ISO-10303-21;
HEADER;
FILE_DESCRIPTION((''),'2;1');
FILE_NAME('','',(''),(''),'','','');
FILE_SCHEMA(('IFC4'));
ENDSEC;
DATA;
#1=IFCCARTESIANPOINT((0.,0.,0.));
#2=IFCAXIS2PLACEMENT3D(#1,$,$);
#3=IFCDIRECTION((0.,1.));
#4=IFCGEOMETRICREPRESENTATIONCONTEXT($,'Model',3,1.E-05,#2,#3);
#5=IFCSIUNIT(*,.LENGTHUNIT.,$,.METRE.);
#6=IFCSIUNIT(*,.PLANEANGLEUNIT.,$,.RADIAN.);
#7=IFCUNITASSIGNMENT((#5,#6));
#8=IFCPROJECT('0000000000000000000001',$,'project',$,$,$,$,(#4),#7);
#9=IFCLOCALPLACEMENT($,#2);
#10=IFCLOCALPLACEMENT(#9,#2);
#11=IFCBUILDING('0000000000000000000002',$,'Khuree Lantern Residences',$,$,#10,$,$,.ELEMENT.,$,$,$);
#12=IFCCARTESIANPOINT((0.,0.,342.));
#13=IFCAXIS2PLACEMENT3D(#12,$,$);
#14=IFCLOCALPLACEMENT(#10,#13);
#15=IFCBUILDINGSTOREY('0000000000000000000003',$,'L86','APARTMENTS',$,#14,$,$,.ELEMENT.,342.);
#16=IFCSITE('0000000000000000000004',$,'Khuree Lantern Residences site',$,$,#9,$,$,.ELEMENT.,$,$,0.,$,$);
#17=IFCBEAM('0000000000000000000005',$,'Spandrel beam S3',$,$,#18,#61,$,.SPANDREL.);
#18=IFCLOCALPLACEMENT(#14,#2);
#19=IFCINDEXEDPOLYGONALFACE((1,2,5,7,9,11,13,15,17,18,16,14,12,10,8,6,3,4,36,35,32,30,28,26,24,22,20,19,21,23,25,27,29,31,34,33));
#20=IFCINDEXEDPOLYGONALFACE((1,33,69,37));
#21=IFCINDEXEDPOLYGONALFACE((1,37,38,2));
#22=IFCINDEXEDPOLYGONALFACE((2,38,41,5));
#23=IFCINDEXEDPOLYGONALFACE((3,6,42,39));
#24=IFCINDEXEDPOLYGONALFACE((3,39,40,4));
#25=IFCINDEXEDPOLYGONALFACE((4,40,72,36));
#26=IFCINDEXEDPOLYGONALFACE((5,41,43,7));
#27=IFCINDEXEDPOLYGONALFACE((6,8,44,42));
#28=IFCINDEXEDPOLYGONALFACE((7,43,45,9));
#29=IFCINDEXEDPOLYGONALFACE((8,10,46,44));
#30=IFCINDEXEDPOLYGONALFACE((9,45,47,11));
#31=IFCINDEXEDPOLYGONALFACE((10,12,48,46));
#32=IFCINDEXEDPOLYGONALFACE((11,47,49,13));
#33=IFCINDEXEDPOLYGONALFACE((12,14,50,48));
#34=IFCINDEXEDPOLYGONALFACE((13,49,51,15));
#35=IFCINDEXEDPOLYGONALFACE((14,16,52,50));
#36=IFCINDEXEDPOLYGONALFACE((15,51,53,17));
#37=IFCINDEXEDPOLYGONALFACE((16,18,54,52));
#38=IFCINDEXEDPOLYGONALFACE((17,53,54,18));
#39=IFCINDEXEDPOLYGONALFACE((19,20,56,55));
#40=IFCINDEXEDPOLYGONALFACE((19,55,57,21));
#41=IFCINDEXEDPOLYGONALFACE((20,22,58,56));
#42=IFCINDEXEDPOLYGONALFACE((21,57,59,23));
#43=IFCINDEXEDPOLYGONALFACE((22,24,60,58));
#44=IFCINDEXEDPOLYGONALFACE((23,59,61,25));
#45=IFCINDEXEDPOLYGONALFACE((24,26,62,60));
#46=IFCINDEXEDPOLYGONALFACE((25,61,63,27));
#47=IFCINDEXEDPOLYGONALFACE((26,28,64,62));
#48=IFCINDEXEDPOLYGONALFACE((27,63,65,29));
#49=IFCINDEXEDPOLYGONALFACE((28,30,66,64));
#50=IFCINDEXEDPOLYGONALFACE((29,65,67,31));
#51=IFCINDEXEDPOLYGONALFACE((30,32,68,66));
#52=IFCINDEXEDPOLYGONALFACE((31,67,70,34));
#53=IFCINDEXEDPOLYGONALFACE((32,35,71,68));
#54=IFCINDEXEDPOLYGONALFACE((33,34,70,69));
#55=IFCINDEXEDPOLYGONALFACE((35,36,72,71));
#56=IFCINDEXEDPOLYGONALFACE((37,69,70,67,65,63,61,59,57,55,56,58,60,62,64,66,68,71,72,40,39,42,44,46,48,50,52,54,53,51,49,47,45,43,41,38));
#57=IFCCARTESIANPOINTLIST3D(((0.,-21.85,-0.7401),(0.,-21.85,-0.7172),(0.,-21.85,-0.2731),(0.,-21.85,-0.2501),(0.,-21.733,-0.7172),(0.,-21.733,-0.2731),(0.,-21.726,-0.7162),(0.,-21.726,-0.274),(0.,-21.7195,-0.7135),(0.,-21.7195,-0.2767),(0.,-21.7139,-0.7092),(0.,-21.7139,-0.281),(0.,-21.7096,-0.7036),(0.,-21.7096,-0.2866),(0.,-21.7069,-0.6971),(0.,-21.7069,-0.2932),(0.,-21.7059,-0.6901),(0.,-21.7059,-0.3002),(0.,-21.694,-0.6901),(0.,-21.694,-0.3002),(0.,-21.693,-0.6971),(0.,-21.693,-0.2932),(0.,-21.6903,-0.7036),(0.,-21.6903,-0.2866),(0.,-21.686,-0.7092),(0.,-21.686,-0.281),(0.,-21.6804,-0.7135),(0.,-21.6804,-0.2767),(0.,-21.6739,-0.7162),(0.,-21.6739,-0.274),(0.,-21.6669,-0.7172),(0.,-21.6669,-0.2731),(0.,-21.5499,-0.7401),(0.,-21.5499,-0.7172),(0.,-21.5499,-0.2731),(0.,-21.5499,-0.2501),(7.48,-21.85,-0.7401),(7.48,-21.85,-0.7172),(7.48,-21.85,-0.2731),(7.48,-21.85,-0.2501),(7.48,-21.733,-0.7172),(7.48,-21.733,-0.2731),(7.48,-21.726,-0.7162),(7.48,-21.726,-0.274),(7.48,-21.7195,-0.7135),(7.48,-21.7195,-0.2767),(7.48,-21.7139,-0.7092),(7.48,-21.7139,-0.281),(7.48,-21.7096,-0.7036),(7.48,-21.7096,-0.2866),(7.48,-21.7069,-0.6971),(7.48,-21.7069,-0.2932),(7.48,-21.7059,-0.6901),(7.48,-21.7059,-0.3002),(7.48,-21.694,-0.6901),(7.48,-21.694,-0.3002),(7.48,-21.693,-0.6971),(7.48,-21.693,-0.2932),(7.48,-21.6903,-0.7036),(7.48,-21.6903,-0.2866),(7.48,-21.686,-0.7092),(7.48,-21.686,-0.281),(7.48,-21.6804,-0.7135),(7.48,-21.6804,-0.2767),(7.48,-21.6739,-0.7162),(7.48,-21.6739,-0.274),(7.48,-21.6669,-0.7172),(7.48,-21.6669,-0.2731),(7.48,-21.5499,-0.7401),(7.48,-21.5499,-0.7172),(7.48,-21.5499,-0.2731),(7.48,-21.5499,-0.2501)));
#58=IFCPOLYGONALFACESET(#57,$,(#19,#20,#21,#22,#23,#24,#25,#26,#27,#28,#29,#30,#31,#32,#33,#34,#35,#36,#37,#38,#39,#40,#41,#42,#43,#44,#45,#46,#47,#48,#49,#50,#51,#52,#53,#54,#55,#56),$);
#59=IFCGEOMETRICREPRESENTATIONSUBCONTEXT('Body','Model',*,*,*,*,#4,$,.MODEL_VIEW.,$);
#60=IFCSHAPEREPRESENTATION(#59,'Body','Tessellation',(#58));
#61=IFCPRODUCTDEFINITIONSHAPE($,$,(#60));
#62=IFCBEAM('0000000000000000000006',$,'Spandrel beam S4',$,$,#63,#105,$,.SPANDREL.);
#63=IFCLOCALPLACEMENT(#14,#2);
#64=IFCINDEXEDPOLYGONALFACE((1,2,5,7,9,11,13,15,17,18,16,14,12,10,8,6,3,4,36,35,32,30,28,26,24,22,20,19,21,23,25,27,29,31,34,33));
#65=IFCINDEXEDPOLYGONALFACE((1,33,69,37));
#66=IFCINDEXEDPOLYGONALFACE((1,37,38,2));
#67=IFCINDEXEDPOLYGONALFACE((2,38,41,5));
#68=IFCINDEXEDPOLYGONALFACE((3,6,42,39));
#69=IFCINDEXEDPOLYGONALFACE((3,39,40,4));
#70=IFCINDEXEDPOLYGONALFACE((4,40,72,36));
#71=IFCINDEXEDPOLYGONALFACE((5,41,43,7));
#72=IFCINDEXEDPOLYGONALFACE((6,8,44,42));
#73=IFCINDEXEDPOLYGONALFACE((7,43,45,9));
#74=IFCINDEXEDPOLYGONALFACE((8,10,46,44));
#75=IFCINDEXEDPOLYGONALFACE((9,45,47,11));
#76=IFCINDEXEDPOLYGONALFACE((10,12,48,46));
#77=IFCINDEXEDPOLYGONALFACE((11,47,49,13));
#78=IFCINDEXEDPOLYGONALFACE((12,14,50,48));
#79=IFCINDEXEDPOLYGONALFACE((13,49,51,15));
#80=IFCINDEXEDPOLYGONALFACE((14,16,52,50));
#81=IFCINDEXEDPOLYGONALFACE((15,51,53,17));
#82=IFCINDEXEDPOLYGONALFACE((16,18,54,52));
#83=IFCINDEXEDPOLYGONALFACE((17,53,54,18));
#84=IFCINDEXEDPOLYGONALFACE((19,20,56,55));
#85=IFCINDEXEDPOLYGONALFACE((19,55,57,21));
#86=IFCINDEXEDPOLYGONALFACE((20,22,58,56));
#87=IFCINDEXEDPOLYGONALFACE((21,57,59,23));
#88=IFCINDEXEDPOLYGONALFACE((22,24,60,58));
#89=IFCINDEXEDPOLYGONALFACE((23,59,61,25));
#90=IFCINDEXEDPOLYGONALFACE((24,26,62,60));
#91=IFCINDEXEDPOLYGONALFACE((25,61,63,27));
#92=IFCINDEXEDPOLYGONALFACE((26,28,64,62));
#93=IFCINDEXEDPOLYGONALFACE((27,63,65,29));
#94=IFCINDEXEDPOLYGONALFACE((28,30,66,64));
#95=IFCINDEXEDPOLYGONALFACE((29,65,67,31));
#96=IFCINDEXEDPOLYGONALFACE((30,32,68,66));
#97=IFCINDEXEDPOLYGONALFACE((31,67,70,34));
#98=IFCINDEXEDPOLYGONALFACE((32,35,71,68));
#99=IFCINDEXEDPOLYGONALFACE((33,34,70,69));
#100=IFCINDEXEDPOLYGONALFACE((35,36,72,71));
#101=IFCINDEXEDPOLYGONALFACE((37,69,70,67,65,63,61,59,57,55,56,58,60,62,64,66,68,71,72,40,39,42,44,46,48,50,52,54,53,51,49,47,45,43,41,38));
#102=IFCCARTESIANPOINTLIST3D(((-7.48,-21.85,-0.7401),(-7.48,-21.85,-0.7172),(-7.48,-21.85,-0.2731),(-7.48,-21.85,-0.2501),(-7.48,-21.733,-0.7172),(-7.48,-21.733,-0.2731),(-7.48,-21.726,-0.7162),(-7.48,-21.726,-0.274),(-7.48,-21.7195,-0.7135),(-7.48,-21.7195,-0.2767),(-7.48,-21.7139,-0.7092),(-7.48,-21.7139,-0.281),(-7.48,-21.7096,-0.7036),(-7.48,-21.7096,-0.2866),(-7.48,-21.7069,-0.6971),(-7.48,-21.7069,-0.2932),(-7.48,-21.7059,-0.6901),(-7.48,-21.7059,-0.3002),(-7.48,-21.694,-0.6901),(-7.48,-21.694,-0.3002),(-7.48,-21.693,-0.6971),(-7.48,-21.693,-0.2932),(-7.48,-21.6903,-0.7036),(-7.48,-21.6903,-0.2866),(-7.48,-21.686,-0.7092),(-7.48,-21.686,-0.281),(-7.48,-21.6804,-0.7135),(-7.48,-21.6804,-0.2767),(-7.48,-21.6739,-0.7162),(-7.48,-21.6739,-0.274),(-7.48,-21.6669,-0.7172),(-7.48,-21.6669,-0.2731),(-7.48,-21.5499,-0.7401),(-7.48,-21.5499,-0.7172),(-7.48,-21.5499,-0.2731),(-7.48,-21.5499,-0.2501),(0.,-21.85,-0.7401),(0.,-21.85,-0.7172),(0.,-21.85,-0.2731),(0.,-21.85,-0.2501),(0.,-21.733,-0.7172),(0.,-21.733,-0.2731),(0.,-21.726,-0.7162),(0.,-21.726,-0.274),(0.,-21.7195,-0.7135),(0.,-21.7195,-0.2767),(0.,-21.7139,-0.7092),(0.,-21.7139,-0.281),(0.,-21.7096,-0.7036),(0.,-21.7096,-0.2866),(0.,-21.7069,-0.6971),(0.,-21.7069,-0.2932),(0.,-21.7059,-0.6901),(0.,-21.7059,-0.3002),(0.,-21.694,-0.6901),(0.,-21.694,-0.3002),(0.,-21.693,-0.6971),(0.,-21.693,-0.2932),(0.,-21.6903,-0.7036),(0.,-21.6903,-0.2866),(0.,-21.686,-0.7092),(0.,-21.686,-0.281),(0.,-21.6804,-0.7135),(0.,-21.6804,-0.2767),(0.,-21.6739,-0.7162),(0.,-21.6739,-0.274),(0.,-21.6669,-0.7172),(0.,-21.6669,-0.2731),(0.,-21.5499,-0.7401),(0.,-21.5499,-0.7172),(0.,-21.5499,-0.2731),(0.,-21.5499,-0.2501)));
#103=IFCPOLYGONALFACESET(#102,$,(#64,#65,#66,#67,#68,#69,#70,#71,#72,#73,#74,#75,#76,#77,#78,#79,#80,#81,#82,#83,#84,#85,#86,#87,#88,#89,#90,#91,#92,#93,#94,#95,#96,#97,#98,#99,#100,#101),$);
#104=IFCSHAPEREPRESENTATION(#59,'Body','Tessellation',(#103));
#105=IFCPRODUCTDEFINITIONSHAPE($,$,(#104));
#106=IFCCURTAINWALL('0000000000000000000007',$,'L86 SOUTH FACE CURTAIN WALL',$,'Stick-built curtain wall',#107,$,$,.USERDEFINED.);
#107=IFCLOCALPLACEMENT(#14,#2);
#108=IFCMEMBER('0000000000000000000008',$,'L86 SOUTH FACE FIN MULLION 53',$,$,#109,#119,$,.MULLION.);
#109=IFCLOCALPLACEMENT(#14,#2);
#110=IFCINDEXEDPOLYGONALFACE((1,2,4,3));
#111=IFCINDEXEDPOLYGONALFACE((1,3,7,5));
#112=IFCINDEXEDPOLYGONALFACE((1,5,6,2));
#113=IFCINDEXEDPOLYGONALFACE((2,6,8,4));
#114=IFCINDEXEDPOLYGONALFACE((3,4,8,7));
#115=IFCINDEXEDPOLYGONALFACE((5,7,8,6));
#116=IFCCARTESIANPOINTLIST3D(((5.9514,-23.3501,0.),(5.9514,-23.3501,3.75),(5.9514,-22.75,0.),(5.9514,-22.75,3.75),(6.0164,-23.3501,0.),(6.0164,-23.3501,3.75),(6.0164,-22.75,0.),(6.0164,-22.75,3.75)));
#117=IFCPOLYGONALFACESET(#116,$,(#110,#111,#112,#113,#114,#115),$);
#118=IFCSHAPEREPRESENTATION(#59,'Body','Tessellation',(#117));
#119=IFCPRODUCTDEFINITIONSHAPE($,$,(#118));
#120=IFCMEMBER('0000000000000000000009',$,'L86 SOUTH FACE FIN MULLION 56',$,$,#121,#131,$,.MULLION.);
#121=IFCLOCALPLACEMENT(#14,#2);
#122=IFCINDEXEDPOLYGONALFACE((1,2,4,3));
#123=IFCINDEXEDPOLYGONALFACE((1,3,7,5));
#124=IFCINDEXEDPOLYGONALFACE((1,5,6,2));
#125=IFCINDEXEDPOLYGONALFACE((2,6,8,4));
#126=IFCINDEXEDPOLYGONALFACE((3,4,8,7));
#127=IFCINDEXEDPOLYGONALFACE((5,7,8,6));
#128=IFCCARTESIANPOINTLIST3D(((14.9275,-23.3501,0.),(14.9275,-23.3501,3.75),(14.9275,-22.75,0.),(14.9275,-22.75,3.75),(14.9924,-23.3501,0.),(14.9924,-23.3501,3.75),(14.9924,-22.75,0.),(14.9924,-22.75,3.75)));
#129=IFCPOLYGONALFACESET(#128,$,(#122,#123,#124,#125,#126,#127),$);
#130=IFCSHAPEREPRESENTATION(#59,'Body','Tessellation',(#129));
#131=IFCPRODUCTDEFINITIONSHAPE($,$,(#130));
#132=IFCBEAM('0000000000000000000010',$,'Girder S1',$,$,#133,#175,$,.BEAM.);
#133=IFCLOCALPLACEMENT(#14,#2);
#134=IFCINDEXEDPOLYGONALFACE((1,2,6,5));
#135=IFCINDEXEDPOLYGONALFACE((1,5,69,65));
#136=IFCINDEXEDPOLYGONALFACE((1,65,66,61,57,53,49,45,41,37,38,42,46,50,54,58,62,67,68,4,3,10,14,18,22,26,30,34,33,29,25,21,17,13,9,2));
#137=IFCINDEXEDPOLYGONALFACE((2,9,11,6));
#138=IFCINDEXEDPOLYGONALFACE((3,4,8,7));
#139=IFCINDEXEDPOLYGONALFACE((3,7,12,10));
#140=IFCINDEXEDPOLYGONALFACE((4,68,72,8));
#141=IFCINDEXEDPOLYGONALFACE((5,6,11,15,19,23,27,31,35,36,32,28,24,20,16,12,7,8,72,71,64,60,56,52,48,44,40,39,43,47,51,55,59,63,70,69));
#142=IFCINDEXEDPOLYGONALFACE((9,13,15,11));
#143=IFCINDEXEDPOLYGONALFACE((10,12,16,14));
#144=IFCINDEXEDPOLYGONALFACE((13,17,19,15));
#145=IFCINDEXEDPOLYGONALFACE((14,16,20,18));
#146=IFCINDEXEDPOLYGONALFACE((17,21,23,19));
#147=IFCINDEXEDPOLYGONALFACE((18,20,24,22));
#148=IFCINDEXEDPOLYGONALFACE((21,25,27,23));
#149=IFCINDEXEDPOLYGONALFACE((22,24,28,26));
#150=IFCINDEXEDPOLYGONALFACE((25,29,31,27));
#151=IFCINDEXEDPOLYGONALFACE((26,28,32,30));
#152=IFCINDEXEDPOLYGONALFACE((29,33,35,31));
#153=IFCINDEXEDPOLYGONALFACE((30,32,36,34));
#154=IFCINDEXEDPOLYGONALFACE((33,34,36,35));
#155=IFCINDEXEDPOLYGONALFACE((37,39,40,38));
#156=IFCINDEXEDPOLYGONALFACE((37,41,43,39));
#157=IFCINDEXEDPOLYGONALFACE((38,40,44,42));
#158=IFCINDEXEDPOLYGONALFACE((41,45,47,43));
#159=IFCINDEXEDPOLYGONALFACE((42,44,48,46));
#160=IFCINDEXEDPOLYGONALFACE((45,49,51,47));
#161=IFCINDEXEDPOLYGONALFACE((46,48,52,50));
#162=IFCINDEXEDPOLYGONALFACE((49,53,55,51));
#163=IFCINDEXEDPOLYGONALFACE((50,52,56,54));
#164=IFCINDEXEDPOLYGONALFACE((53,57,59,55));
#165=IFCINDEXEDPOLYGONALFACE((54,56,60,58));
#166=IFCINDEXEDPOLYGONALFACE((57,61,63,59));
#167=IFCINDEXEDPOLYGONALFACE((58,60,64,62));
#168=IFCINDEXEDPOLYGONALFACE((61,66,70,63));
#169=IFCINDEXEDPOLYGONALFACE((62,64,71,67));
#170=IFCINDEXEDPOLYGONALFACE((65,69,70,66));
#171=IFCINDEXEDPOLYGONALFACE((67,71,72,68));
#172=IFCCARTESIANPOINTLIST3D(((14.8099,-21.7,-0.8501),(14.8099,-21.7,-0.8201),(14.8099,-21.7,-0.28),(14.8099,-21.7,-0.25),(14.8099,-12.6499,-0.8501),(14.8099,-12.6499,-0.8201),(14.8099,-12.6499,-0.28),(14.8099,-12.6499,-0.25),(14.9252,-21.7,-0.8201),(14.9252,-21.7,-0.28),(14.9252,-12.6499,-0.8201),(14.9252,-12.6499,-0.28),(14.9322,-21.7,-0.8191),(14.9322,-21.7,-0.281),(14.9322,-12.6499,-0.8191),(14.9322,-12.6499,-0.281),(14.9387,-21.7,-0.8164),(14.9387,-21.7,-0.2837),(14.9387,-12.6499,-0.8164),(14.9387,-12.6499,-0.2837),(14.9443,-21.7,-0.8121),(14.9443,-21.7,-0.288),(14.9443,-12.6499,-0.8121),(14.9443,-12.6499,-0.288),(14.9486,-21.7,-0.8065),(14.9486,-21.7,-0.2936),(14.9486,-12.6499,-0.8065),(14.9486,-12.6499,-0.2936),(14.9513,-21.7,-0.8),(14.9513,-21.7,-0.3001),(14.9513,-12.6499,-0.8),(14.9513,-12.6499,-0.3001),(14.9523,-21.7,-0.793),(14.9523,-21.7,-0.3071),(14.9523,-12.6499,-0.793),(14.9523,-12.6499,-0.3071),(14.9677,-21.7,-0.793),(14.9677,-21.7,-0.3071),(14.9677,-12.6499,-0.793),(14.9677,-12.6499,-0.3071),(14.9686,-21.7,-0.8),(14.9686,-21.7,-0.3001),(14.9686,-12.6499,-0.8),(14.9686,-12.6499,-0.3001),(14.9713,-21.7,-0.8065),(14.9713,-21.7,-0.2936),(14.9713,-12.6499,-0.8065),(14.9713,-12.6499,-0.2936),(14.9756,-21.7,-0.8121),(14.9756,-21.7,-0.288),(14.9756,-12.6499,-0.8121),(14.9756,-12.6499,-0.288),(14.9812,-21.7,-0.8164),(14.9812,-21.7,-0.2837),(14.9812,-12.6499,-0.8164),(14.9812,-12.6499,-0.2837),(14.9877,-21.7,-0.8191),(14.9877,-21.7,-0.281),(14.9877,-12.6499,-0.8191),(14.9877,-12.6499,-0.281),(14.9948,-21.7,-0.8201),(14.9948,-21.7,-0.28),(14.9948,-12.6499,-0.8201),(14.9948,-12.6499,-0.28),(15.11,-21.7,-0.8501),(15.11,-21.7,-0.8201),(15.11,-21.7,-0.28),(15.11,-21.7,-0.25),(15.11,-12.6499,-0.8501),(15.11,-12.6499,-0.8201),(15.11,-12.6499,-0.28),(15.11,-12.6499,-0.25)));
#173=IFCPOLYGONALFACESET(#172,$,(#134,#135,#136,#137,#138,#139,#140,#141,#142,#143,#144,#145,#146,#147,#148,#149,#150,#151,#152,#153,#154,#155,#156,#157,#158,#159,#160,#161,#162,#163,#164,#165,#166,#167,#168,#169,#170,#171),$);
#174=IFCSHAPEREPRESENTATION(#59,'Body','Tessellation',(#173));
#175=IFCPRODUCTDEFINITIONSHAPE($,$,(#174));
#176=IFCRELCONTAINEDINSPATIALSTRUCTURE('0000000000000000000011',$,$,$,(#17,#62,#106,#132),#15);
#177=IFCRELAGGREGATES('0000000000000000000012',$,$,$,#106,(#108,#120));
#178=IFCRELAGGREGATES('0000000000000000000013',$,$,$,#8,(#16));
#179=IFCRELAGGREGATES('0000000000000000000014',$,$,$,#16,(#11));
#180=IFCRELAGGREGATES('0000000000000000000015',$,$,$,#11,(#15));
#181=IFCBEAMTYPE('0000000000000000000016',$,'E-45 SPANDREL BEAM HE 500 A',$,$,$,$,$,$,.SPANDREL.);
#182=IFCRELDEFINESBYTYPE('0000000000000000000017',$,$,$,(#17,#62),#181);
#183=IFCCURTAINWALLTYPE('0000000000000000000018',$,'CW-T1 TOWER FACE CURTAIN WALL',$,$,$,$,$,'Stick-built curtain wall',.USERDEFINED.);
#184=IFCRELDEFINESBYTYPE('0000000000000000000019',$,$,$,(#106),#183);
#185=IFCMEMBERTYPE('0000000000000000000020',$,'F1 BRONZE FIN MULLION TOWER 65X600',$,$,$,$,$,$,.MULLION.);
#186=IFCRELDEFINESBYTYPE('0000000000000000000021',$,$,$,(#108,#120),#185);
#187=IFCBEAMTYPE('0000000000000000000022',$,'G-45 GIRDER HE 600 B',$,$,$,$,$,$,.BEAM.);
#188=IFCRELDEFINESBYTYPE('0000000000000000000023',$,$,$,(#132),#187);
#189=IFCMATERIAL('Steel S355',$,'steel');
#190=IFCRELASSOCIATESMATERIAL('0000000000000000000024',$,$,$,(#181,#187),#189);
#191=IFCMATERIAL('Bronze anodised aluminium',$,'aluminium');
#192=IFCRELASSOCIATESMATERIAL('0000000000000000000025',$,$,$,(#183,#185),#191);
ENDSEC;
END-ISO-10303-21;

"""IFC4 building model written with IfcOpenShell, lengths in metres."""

from ifc_helpers import new_model, si_unit, direction, frame, origin, origin_2d, place, context, subcontext, project, spatial, rectangle, i_section, extrude, material, material_profile, profile_set, type_object, element, aggregate, save


model = new_model("IFC4")

# Units and contexts
model_context = context("Model", 3, precision=1e-05, world=origin(), true_north=direction((0.0, 1.0)))
body_context = subcontext(model_context, "Body", "Model", "MODEL_VIEW")
ifc_project = project(units=[si_unit("LENGTHUNIT", "METRE"), si_unit("PLANEANGLEUNIT", "RADIAN")], contexts=[model_context])

# Site, building, storey
site_placement = place(None, origin())
site = spatial("IfcSite", under=ifc_project, at=site_placement, Name="Khuree Lantern Residences site", CompositionType="ELEMENT", RefElevation=0.0)
building_placement = place(site_placement, origin())
building = spatial("IfcBuilding", under=site, at=building_placement, Name="Khuree Lantern Residences", CompositionType="ELEMENT")
storey_placement = place(building_placement, frame((0.0, 0.0, 342.0)))
storey = spatial("IfcBuildingStorey", under=building, at=storey_placement, Name="L86", Description="APARTMENTS", CompositionType="ELEMENT", Elevation=342.0)

# Beams
ifc_material_1 = material(Name="Steel S355", Category="steel")
ifc_material_profile_1 = material_profile(ifc_material_1, i_section(OverallWidth=0.3, OverallDepth=0.49, WebThickness=0.012, FlangeThickness=0.0229, FilletRadius=0.0271, at=origin_2d()), Name="HE 500 A")
ifc_profile_set_1 = profile_set([ifc_material_profile_1], Name="Steel S355")
beam_type_1 = type_object("IfcBeamType", Name="E-45 SPANDREL BEAM HE 500 A", PredefinedType="SPANDREL", material=ifc_profile_set_1)
for number, where, z_axis, x_axis, name in (
    (1, (7.48, -21.7, -0.4951), (-1.0, 0.0, 0.0), (0.0, -1.0, 0.0), "Spandrel beam S3"),
    (2, (0.0, -21.7, -0.4951), (-1.0, 0.0, 0.0), (0.0, -1.0, 0.0), "Spandrel beam S4"),
):
    element("IfcBeam", number, at=place(storey_placement, frame(where, z_axis=z_axis, x_axis=x_axis)), inside=storey, type_object=beam_type_1, Name=name, PredefinedType="SPANDREL", context=body_context, shape_type="SweptSolid", body=[
        extrude(i_section(OverallWidth=0.3, OverallDepth=0.49, WebThickness=0.012, FlangeThickness=0.0229, FilletRadius=0.0271, at=origin_2d()), origin(), (0.0, 0.0, 1.0), 7.48),
    ])

# Curtain wall, members
ifc_material_2 = material(Name="Bronze anodised aluminium", Category="aluminium")
curtain_wall_type = type_object("IfcCurtainWallType", Name="CW-T1 TOWER FACE CURTAIN WALL", ElementType="Stick-built curtain wall", PredefinedType="USERDEFINED", material=ifc_material_2)
curtain_wall_placement = place(storey_placement, origin())
curtain_wall = element("IfcCurtainWall", 3, at=curtain_wall_placement, inside=storey, type_object=curtain_wall_type, Name="L86 SOUTH FACE CURTAIN WALL", ObjectType="Stick-built curtain wall", PredefinedType="USERDEFINED")
ifc_material_profile_2 = material_profile(ifc_material_2, rectangle(XDim=0.0649, YDim=0.6001, at=origin_2d()), Name="F1 65X600")
ifc_profile_set_2 = profile_set([ifc_material_profile_2], Name="Bronze anodised aluminium")
member_type_1 = type_object("IfcMemberType", Name="F1 BRONZE FIN MULLION TOWER 65X600", PredefinedType="MULLION", material=ifc_profile_set_2)
member_1_placement = place(storey_placement, frame((5.9839, -23.05, 0.0), z_axis=(0.0, 0.0, 1.0), x_axis=(1.0, 0.0, 0.0)))
member_1 = element("IfcMember", 4, at=member_1_placement, type_object=member_type_1, Name="L86 SOUTH FACE FIN MULLION 53", PredefinedType="MULLION", context=body_context, shape_type="SweptSolid", body=[
    extrude(rectangle(XDim=0.0649, YDim=0.6001, at=origin_2d()), origin(), (0.0, 0.0, 1.0), 3.75),
])
member_2_placement = place(storey_placement, frame((14.96, -23.05, 0.0), z_axis=(0.0, 0.0, 1.0), x_axis=(1.0, 0.0, 0.0)))
member_2 = element("IfcMember", 5, at=member_2_placement, type_object=member_type_1, Name="L86 SOUTH FACE FIN MULLION 56", PredefinedType="MULLION", context=body_context, shape_type="SweptSolid", body=[
    extrude(rectangle(XDim=0.0649, YDim=0.6001, at=origin_2d()), origin(), (0.0, 0.0, 1.0), 3.75),
])

# Beam
ifc_material_profile_3 = material_profile(ifc_material_1, i_section(OverallWidth=0.3, OverallDepth=0.6001, WebThickness=0.0154, FlangeThickness=0.03, FilletRadius=0.0271, at=origin_2d()), Name="HE 600 B")
ifc_profile_set_3 = profile_set([ifc_material_profile_3], Name="Steel S355")
beam_type_2 = type_object("IfcBeamType", Name="G-45 GIRDER HE 600 B", PredefinedType="BEAM", material=ifc_profile_set_3)
for number, where, z_axis, x_axis, name in (
    (6, (14.96, -21.7, -0.55), (0.0, 1.0, 0.0), (-1.0, 0.0, 0.0), "Girder S1"),
):
    element("IfcBeam", number, at=place(storey_placement, frame(where, z_axis=z_axis, x_axis=x_axis)), inside=storey, type_object=beam_type_2, Name=name, PredefinedType="BEAM", context=body_context, shape_type="SweptSolid", body=[
        extrude(i_section(OverallWidth=0.3, OverallDepth=0.6001, WebThickness=0.0154, FlangeThickness=0.03, FilletRadius=0.0271, at=origin_2d()), origin(), (0.0, 0.0, 1.0), 9.05),
    ])

aggregate(curtain_wall, [member_1, member_2])

save(model, "model.ifc")
